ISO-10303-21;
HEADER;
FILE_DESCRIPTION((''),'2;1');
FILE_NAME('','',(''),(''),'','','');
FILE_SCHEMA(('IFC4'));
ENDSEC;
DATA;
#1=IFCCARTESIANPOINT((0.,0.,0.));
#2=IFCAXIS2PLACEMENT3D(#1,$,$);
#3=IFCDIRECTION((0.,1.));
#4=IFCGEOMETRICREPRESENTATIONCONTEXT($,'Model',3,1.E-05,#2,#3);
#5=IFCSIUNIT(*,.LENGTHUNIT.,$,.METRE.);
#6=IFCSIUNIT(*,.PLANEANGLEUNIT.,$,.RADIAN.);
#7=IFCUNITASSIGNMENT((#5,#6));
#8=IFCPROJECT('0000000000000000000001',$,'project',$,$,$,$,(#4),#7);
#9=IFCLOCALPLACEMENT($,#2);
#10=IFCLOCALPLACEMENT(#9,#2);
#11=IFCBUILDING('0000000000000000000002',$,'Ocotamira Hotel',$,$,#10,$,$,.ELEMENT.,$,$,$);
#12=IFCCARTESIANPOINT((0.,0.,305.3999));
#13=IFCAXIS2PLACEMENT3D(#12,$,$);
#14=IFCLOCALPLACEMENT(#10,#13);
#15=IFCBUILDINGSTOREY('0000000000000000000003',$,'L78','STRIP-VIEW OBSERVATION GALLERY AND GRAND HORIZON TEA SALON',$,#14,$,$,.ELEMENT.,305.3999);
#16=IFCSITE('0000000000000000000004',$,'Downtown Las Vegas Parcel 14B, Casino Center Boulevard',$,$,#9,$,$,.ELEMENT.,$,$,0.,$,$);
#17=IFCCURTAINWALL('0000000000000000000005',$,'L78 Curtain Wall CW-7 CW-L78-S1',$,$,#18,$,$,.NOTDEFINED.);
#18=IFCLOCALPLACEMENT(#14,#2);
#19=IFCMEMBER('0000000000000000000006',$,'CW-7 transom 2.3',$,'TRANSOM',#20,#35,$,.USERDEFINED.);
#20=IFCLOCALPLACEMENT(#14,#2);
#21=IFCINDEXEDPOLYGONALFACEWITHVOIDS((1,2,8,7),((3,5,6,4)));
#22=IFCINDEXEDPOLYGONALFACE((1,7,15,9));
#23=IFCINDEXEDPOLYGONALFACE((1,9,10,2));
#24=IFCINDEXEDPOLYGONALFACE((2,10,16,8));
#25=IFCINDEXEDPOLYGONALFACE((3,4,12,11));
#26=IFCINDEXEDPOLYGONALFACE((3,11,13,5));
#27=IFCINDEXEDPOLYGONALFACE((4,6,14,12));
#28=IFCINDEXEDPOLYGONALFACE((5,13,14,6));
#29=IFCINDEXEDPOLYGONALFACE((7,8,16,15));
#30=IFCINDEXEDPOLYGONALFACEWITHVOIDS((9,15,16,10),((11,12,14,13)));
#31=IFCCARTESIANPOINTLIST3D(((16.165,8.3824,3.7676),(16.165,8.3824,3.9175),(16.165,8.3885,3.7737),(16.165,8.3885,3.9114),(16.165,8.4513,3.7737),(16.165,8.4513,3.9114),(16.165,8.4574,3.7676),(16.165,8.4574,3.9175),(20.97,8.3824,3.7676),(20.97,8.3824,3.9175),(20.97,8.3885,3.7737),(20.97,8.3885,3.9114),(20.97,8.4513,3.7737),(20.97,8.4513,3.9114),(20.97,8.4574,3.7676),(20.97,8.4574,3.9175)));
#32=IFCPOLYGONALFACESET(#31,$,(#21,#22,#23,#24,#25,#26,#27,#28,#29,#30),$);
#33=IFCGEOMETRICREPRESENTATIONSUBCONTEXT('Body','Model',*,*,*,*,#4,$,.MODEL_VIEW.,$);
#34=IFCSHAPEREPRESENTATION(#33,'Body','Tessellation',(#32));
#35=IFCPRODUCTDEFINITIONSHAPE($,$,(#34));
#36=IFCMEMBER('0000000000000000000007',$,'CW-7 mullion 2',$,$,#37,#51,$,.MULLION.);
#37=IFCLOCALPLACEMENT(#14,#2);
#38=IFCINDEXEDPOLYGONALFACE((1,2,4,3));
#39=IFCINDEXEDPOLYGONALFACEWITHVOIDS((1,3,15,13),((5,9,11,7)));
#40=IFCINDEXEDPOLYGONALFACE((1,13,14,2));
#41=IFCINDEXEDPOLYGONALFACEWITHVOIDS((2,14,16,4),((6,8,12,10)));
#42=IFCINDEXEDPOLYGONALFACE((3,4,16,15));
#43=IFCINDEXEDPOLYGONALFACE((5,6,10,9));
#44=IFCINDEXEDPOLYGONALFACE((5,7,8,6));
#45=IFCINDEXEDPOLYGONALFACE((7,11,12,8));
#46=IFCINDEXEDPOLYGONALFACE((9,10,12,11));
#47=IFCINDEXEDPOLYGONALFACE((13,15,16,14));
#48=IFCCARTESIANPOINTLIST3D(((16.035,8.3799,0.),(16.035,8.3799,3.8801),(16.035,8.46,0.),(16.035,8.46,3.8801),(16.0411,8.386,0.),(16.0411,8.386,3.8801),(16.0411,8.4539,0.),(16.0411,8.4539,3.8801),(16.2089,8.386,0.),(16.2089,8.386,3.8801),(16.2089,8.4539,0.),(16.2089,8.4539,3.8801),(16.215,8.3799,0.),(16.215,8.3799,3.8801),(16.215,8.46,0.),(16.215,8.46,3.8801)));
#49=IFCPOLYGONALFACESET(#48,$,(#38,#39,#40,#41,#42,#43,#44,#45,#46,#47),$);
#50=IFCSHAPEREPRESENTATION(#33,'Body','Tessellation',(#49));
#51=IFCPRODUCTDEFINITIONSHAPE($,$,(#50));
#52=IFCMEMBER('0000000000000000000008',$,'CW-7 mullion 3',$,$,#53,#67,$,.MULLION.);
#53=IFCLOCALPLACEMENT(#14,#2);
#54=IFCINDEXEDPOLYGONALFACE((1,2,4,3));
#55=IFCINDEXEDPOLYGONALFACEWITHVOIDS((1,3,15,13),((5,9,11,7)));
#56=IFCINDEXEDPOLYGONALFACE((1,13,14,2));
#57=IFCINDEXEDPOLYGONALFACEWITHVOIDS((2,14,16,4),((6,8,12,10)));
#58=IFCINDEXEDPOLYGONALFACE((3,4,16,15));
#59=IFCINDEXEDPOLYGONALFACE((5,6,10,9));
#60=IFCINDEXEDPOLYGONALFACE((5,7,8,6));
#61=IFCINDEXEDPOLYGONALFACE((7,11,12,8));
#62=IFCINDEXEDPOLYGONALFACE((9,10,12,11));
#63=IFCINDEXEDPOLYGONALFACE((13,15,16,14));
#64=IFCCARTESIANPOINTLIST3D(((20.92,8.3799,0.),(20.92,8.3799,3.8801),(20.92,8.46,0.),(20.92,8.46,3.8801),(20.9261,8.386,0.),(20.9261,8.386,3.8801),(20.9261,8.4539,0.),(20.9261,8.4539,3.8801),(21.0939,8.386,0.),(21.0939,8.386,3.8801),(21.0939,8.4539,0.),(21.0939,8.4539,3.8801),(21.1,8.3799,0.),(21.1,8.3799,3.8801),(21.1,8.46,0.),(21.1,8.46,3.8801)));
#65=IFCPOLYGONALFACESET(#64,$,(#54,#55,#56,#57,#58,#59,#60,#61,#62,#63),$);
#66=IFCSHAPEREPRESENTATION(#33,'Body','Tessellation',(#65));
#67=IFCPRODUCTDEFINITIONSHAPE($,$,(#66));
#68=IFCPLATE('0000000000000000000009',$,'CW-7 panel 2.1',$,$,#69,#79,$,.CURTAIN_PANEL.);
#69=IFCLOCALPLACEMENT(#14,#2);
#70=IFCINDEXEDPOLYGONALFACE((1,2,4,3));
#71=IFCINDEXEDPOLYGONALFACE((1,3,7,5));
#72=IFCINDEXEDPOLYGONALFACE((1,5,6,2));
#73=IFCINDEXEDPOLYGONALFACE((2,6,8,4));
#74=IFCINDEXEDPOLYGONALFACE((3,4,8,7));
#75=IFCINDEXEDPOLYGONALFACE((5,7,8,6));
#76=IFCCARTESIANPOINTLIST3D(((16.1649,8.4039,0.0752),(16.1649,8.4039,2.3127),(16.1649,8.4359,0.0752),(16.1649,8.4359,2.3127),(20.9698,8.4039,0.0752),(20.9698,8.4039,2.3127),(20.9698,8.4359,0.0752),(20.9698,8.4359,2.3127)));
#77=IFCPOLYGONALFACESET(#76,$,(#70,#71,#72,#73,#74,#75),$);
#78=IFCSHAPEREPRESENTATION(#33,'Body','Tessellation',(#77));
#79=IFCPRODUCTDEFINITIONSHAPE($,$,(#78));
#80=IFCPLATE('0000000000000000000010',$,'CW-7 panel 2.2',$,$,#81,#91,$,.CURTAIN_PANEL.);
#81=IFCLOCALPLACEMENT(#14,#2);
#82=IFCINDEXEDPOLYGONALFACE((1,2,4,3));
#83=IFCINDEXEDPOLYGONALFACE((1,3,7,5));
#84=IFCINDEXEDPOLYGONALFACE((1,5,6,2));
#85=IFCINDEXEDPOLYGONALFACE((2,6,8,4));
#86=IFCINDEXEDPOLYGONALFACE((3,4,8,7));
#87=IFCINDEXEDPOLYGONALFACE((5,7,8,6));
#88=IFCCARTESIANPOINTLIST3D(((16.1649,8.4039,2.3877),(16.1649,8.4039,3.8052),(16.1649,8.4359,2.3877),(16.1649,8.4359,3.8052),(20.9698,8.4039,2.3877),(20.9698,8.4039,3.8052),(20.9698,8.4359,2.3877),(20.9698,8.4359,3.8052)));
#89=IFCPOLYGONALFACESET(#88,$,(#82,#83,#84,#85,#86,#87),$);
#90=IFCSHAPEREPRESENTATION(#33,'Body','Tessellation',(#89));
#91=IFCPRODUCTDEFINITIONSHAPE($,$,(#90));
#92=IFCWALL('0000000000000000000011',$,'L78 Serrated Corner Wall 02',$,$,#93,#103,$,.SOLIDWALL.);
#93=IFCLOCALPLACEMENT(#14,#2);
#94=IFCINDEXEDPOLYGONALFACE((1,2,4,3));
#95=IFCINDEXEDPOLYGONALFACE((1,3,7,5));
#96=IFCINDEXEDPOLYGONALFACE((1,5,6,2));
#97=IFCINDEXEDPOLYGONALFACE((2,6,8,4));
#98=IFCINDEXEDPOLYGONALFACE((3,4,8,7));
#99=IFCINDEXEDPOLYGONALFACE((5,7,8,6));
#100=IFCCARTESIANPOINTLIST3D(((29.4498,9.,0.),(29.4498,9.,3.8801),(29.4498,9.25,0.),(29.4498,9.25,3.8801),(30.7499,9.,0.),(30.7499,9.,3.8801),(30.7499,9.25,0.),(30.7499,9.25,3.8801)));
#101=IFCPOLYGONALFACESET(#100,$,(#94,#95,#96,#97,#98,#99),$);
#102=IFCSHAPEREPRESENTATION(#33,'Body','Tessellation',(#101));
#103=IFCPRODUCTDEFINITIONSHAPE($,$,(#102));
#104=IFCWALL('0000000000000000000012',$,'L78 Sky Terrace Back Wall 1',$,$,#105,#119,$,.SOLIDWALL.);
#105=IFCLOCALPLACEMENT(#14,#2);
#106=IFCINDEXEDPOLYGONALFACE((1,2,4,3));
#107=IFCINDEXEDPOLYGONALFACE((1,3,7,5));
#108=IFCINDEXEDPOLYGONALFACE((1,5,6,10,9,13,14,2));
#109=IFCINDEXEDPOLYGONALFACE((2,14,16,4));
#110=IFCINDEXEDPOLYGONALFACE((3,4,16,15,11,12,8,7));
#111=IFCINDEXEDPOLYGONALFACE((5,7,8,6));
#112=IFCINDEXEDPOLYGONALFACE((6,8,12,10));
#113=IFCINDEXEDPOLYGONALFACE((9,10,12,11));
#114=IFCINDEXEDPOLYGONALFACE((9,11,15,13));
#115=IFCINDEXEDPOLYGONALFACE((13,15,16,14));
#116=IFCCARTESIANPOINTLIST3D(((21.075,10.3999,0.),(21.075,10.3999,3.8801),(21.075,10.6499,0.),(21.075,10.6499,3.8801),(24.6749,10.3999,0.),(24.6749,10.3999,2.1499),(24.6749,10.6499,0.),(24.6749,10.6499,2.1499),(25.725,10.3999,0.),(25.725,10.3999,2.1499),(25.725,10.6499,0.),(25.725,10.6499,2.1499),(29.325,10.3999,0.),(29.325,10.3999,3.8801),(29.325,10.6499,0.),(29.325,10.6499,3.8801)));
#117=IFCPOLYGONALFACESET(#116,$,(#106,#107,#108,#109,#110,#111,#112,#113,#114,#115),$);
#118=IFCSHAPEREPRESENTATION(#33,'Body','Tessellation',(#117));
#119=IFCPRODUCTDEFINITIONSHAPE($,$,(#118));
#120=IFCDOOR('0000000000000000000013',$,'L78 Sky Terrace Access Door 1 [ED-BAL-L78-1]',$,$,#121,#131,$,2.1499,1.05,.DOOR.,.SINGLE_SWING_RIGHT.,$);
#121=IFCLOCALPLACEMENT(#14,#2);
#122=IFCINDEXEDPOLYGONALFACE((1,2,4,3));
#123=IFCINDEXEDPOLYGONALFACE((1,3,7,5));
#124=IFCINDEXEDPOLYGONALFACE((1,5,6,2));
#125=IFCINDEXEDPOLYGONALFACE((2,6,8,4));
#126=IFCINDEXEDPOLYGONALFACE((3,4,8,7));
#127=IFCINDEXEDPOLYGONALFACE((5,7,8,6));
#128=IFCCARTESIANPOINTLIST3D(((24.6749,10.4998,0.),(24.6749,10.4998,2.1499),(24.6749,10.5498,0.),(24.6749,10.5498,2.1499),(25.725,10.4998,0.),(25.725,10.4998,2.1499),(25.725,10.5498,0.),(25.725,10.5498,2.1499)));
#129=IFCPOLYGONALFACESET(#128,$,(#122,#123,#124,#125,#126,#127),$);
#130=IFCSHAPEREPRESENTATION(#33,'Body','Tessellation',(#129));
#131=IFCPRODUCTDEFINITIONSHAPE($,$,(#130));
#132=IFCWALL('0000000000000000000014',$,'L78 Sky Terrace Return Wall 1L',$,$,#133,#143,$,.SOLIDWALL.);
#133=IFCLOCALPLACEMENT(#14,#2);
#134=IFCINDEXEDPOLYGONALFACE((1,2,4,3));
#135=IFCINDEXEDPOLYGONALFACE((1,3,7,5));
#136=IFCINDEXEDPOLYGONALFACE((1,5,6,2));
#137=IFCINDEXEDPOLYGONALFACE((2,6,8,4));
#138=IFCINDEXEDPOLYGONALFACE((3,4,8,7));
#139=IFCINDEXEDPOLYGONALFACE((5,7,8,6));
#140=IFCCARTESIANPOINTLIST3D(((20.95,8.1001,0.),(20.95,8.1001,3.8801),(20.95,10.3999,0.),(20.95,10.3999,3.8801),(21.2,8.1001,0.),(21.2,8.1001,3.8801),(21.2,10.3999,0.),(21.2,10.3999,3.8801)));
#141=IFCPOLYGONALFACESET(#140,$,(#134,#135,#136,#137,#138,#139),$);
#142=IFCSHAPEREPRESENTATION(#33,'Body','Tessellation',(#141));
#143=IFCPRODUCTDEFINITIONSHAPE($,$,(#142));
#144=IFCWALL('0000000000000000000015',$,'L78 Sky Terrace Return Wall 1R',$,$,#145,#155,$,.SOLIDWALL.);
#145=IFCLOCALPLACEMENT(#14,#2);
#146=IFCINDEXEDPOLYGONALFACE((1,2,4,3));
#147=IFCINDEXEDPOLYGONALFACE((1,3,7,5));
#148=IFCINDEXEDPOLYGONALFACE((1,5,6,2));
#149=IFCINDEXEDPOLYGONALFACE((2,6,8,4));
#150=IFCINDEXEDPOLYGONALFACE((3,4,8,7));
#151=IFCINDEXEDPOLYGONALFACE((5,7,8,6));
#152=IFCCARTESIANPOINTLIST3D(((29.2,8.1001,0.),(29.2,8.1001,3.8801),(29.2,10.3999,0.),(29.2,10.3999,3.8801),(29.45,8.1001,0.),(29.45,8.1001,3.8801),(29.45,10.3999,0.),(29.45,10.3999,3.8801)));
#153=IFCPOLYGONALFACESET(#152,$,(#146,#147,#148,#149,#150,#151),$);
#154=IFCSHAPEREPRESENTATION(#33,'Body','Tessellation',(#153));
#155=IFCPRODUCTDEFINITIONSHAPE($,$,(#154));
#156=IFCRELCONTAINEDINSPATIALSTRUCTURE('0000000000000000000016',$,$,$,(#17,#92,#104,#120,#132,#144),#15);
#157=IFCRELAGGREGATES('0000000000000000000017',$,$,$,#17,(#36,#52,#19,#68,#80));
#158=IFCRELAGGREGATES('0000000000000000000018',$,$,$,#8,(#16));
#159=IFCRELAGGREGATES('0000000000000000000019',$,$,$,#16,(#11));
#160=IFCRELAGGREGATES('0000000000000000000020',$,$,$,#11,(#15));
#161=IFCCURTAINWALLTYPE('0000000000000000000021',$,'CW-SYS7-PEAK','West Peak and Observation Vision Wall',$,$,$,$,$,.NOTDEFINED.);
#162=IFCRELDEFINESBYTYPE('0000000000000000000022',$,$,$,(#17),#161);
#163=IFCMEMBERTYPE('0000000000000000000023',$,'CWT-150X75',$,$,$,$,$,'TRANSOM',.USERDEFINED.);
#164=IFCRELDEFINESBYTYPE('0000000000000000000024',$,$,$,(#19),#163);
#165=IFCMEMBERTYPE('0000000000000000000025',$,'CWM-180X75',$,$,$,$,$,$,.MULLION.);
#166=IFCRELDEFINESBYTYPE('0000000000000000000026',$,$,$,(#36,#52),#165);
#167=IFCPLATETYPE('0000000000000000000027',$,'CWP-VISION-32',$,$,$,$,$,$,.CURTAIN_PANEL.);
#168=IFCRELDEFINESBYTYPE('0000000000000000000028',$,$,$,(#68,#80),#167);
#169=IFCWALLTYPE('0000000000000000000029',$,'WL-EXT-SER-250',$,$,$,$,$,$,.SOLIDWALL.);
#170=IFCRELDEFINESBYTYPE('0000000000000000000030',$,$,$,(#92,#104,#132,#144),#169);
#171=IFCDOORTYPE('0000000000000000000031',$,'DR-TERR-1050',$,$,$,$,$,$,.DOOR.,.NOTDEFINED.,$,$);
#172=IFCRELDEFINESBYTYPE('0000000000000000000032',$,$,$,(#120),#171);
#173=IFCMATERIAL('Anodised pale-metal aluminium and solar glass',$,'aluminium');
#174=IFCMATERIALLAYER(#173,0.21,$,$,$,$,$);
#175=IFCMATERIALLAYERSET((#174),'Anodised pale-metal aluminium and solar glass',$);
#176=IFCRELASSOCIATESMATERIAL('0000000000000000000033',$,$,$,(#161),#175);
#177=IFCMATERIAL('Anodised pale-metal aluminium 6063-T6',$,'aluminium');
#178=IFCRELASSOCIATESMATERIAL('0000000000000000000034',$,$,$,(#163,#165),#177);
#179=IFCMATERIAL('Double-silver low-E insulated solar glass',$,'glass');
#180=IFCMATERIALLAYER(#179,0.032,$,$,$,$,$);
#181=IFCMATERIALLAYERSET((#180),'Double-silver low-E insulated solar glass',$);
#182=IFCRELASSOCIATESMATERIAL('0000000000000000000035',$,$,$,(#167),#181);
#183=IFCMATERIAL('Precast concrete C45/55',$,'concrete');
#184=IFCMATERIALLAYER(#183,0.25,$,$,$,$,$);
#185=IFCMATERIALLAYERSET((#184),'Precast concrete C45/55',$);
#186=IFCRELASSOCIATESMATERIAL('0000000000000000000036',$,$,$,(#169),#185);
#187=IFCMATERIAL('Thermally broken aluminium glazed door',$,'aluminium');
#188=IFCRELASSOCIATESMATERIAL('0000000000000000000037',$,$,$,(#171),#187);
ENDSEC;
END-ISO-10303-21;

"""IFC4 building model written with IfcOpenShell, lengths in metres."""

from ifc_helpers import new_model, si_unit, direction, frame, frame_2d, origin, origin_2d, place, context, subcontext, project, spatial, rectangle, hollow_rectangle, extrude, source, transform, mapped, material, layer, layer_set, material_profile, profile_set, type_object, element, fill, aggregate, save


model = new_model("IFC4")

# Units and contexts
model_context = context("Model", 3, precision=1e-05, world=origin(), true_north=direction((0.0, 1.0)))
body_context = subcontext(model_context, "Body", "Model", "MODEL_VIEW")
ifc_project = project(units=[si_unit("LENGTHUNIT", "METRE"), si_unit("PLANEANGLEUNIT", "RADIAN")], contexts=[model_context])

# Site, building, storey
site_placement = place(None, origin())
site = spatial("IfcSite", under=ifc_project, at=site_placement, Name="Downtown Las Vegas Parcel 14B, Casino Center Boulevard", CompositionType="ELEMENT", RefElevation=0.0)
building_placement = place(site_placement, origin())
building = spatial("IfcBuilding", under=site, at=building_placement, Name="Ocotamira Hotel", CompositionType="ELEMENT")
storey_placement = place(building_placement, frame((0.0, 0.0, 305.3999)))
storey = spatial("IfcBuildingStorey", under=building, at=storey_placement, Name="L78", Description="STRIP-VIEW OBSERVATION GALLERY AND GRAND HORIZON TEA SALON", CompositionType="ELEMENT", Elevation=305.3999)

# Curtain wall, members, plates
ifc_material_1 = material(Name="Anodised pale-metal aluminium and solar glass", Category="aluminium")
ifc_layer_1 = layer(ifc_material_1, 0.21)
ifc_layer_set_1 = layer_set([ifc_layer_1], Name="Anodised pale-metal aluminium and solar glass")
curtain_wall_type = type_object("IfcCurtainWallType", Name="CW-SYS7-PEAK", Description="West Peak and Observation Vision Wall", PredefinedType="NOTDEFINED", material=ifc_layer_set_1)
curtain_wall_placement = place(storey_placement, origin())
curtain_wall = element("IfcCurtainWall", 1, at=curtain_wall_placement, inside=storey, type_object=curtain_wall_type, Name="L78 Curtain Wall CW-7 CW-L78-S1", PredefinedType="NOTDEFINED")
ifc_material_2 = material(Name="Anodised pale-metal aluminium 6063-T6", Category="aluminium")
ifc_material_profile_1 = material_profile(ifc_material_2, hollow_rectangle(XDim=0.075, YDim=0.1499, WallThickness=0.0061, at=origin_2d()), Name="HSS150X75X6")
ifc_profile_set_1 = profile_set([ifc_material_profile_1], Name="Anodised pale-metal aluminium 6063-T6")
member_type_1 = type_object("IfcMemberType", Name="CWT-150X75", ElementType="TRANSOM", PredefinedType="USERDEFINED", material=ifc_profile_set_1)
shared_shape_1 = source(origin(), body_context, "Body", "SweptSolid", [
    extrude(hollow_rectangle(XDim=0.075, YDim=0.1499, WallThickness=0.0061, at=origin_2d()), origin(), (0.0, 0.0, 1.0), 4.8049),
])
member_1_placement = place(storey_placement, frame((16.165, 8.4199, 3.8425), z_axis=(1.0, 0.0, 0.0), x_axis=(0.0, 1.0, 0.0)))
member_1 = element("IfcMember", 2, at=member_1_placement, type_object=member_type_1, Name="CW-7 transom 2.3", ObjectType="TRANSOM", PredefinedType="USERDEFINED", context=body_context, shape_type="MappedRepresentation", body=[
    mapped(shared_shape_1, transform((0.0, 0.0, 0.0), scale=1.0)),
])
ifc_material_profile_2 = material_profile(ifc_material_2, hollow_rectangle(XDim=0.0801, YDim=0.1799, WallThickness=0.0061, at=origin_2d()), Name="HSS180X80X6")
ifc_profile_set_2 = profile_set([ifc_material_profile_2], Name="Anodised pale-metal aluminium 6063-T6")
member_type_2 = type_object("IfcMemberType", Name="CWM-180X75", PredefinedType="MULLION", material=ifc_profile_set_2)
shared_shape_2 = source(origin(), body_context, "Body", "SweptSolid", [
    extrude(hollow_rectangle(XDim=0.0801, YDim=0.1799, WallThickness=0.0061, at=origin_2d()), origin(), (0.0, 0.0, 1.0), 3.8801),
])
member_2_placement = place(storey_placement, frame((16.125, 8.4199, 0.0), z_axis=(0.0, 0.0, 1.0), x_axis=(0.0, 1.0, 0.0)))
member_2 = element("IfcMember", 3, at=member_2_placement, type_object=member_type_2, Name="CW-7 mullion 2", PredefinedType="MULLION", context=body_context, shape_type="MappedRepresentation", body=[
    mapped(shared_shape_2, transform((0.0, 0.0, 0.0), scale=1.0)),
])
member_3_placement = place(storey_placement, frame((21.01, 8.4199, 0.0), z_axis=(0.0, 0.0, 1.0), x_axis=(0.0, 1.0, 0.0)))
member_3 = element("IfcMember", 4, at=member_3_placement, type_object=member_type_2, Name="CW-7 mullion 3", PredefinedType="MULLION", context=body_context, shape_type="MappedRepresentation", body=[
    mapped(shared_shape_2, transform((0.0, 0.0, 0.0), scale=1.0)),
])
ifc_material_3 = material(Name="Double-silver low-E insulated solar glass", Category="glass")
ifc_layer_2 = layer(ifc_material_3, 0.032)
ifc_layer_set_2 = layer_set([ifc_layer_2], Name="Double-silver low-E insulated solar glass")
plate_type = type_object("IfcPlateType", Name="CWP-VISION-32", PredefinedType="CURTAIN_PANEL", material=ifc_layer_set_2)
shared_shape_3 = source(origin(), body_context, "Body", "SweptSolid", [
    extrude(rectangle(XDim=4.8049, YDim=0.032, at=origin_2d()), origin(), (0.0, 0.0, 1.0), 2.2375),
])
plate_1_placement = place(storey_placement, frame((18.5674, 8.4199, 0.0752), z_axis=(0.0, 0.0, 1.0), x_axis=(1.0, 0.0, 0.0)))
plate_1 = element("IfcPlate", 5, at=plate_1_placement, type_object=plate_type, Name="CW-7 panel 2.1", PredefinedType="CURTAIN_PANEL", context=body_context, shape_type="MappedRepresentation", body=[
    mapped(shared_shape_3, transform((0.0, 0.0, 0.0), scale=1.0)),
])
shared_shape_4 = source(origin(), body_context, "Body", "SweptSolid", [
    extrude(rectangle(XDim=4.8049, YDim=0.032, at=origin_2d()), origin(), (0.0, 0.0, 1.0), 1.4175),
])
plate_2_placement = place(storey_placement, frame((18.5674, 8.4199, 2.3877), z_axis=(0.0, 0.0, 1.0), x_axis=(1.0, 0.0, 0.0)))
plate_2 = element("IfcPlate", 6, at=plate_2_placement, type_object=plate_type, Name="CW-7 panel 2.2", PredefinedType="CURTAIN_PANEL", context=body_context, shape_type="MappedRepresentation", body=[
    mapped(shared_shape_4, transform((0.0, 0.0, 0.0), scale=1.0)),
])
aggregate(curtain_wall, [member_2, member_3, member_1, plate_1, plate_2])

# Wall
ifc_material_4 = material(Name="Precast concrete C45/55", Category="concrete")
ifc_layer_3 = layer(ifc_material_4, 0.25)
ifc_layer_set_3 = layer_set([ifc_layer_3], Name="Precast concrete C45/55")
wall_type_1 = type_object("IfcWallType", Name="WL-EXT-SER-250", PredefinedType="SOLIDWALL", material=ifc_layer_set_3)
wall_1_placement = place(storey_placement, frame((29.45, 9.125, 0.0), z_axis=(0.0, 0.0, 1.0), x_axis=(1.0, 0.0, 0.0)))
element("IfcWall", 7, at=wall_1_placement, inside=storey, type_object=wall_type_1, Name="L78 Serrated Corner Wall 02", PredefinedType="SOLIDWALL", context=body_context, shape_type="SweptSolid", body=[
    extrude(rectangle(XDim=1.3, YDim=0.25, at=frame_2d((0.6499, 0.0))), origin(), (0.0, 0.0, 1.0), 3.8801),
])

# Wall, opening, door
wall_2_placement = place(storey_placement, frame((21.075, 10.5249, 0.0), z_axis=(0.0, 0.0, 1.0), x_axis=(1.0, 0.0, 0.0)))
wall_2 = element("IfcWall", 8, at=wall_2_placement, inside=storey, type_object=wall_type_1, Name="L78 Sky Terrace Back Wall 1", PredefinedType="SOLIDWALL", context=body_context, shape_type="SweptSolid", body=[
    extrude(rectangle(XDim=8.25, YDim=0.25, at=frame_2d((4.125, 0.0))), origin(), (0.0, 0.0, 1.0), 3.8801),
])
opening_1_placement = place(wall_2_placement, frame((3.6001, 0.0, 0.0)))
opening_1 = element("IfcOpeningElement", 9, at=opening_1_placement, cuts=wall_2, PredefinedType="OPENING", context=body_context, shape_type="SweptSolid", body=[
    extrude(rectangle(XDim=1.05, YDim=2.1499, at=frame_2d((0.5249, 1.075))), frame((0.0, 0.135, 0.0), z_axis=(0.0, -1.0, 0.0), x_axis=(1.0, 0.0, 0.0)), (0.0, 0.0, 1.0), 0.27),
])
ifc_material_5 = material(Name="Thermally broken aluminium glazed door", Category="aluminium")
door_type_1 = type_object("IfcDoorType", Name="DR-TERR-1050", OperationType="NOTDEFINED", PredefinedType="DOOR", material=ifc_material_5)
shared_shape_5 = source(origin(), body_context, "Body", "SweptSolid", [
    extrude(rectangle(XDim=1.05, YDim=2.1499, at=frame_2d((0.5249, 1.075))), frame((0.0, 0.0249, 0.0), z_axis=(0.0, -1.0, 0.0), x_axis=(1.0, 0.0, 0.0)), (0.0, 0.0, 1.0), 0.05),
])
door_1_placement = place(opening_1_placement, origin())
door_1 = element("IfcDoor", 10, at=door_1_placement, inside=storey, type_object=door_type_1, Name="L78 Sky Terrace Access Door 1 [ED-BAL-L78-1]", OperationType="SINGLE_SWING_RIGHT", OverallHeight=2.1499, OverallWidth=1.05, PredefinedType="DOOR", context=body_context, shape_type="MappedRepresentation", body=[
    mapped(shared_shape_5, transform((0.0, 0.0, 0.0), scale=1.0)),
])
fill(opening_1, door_1)

# Walls
for number, where, z_axis, x_axis, name in (
    (11, (21.075, 8.1001, 0.0), (0.0, 0.0, 1.0), (0.0, 1.0, 0.0), "L78 Sky Terrace Return Wall 1L"),
    (12, (29.325, 8.1001, 0.0), (0.0, 0.0, 1.0), (0.0, 1.0, 0.0), "L78 Sky Terrace Return Wall 1R"),
):
    element("IfcWall", number, at=place(storey_placement, frame(where, z_axis=z_axis, x_axis=x_axis)), inside=storey, type_object=wall_type_1, Name=name, PredefinedType="SOLIDWALL", context=body_context, shape_type="SweptSolid", body=[
        extrude(rectangle(XDim=2.2998, YDim=0.25, at=frame_2d((1.1499, 0.0))), origin(), (0.0, 0.0, 1.0), 3.8801),
    ])

save(model, "model.ifc")
